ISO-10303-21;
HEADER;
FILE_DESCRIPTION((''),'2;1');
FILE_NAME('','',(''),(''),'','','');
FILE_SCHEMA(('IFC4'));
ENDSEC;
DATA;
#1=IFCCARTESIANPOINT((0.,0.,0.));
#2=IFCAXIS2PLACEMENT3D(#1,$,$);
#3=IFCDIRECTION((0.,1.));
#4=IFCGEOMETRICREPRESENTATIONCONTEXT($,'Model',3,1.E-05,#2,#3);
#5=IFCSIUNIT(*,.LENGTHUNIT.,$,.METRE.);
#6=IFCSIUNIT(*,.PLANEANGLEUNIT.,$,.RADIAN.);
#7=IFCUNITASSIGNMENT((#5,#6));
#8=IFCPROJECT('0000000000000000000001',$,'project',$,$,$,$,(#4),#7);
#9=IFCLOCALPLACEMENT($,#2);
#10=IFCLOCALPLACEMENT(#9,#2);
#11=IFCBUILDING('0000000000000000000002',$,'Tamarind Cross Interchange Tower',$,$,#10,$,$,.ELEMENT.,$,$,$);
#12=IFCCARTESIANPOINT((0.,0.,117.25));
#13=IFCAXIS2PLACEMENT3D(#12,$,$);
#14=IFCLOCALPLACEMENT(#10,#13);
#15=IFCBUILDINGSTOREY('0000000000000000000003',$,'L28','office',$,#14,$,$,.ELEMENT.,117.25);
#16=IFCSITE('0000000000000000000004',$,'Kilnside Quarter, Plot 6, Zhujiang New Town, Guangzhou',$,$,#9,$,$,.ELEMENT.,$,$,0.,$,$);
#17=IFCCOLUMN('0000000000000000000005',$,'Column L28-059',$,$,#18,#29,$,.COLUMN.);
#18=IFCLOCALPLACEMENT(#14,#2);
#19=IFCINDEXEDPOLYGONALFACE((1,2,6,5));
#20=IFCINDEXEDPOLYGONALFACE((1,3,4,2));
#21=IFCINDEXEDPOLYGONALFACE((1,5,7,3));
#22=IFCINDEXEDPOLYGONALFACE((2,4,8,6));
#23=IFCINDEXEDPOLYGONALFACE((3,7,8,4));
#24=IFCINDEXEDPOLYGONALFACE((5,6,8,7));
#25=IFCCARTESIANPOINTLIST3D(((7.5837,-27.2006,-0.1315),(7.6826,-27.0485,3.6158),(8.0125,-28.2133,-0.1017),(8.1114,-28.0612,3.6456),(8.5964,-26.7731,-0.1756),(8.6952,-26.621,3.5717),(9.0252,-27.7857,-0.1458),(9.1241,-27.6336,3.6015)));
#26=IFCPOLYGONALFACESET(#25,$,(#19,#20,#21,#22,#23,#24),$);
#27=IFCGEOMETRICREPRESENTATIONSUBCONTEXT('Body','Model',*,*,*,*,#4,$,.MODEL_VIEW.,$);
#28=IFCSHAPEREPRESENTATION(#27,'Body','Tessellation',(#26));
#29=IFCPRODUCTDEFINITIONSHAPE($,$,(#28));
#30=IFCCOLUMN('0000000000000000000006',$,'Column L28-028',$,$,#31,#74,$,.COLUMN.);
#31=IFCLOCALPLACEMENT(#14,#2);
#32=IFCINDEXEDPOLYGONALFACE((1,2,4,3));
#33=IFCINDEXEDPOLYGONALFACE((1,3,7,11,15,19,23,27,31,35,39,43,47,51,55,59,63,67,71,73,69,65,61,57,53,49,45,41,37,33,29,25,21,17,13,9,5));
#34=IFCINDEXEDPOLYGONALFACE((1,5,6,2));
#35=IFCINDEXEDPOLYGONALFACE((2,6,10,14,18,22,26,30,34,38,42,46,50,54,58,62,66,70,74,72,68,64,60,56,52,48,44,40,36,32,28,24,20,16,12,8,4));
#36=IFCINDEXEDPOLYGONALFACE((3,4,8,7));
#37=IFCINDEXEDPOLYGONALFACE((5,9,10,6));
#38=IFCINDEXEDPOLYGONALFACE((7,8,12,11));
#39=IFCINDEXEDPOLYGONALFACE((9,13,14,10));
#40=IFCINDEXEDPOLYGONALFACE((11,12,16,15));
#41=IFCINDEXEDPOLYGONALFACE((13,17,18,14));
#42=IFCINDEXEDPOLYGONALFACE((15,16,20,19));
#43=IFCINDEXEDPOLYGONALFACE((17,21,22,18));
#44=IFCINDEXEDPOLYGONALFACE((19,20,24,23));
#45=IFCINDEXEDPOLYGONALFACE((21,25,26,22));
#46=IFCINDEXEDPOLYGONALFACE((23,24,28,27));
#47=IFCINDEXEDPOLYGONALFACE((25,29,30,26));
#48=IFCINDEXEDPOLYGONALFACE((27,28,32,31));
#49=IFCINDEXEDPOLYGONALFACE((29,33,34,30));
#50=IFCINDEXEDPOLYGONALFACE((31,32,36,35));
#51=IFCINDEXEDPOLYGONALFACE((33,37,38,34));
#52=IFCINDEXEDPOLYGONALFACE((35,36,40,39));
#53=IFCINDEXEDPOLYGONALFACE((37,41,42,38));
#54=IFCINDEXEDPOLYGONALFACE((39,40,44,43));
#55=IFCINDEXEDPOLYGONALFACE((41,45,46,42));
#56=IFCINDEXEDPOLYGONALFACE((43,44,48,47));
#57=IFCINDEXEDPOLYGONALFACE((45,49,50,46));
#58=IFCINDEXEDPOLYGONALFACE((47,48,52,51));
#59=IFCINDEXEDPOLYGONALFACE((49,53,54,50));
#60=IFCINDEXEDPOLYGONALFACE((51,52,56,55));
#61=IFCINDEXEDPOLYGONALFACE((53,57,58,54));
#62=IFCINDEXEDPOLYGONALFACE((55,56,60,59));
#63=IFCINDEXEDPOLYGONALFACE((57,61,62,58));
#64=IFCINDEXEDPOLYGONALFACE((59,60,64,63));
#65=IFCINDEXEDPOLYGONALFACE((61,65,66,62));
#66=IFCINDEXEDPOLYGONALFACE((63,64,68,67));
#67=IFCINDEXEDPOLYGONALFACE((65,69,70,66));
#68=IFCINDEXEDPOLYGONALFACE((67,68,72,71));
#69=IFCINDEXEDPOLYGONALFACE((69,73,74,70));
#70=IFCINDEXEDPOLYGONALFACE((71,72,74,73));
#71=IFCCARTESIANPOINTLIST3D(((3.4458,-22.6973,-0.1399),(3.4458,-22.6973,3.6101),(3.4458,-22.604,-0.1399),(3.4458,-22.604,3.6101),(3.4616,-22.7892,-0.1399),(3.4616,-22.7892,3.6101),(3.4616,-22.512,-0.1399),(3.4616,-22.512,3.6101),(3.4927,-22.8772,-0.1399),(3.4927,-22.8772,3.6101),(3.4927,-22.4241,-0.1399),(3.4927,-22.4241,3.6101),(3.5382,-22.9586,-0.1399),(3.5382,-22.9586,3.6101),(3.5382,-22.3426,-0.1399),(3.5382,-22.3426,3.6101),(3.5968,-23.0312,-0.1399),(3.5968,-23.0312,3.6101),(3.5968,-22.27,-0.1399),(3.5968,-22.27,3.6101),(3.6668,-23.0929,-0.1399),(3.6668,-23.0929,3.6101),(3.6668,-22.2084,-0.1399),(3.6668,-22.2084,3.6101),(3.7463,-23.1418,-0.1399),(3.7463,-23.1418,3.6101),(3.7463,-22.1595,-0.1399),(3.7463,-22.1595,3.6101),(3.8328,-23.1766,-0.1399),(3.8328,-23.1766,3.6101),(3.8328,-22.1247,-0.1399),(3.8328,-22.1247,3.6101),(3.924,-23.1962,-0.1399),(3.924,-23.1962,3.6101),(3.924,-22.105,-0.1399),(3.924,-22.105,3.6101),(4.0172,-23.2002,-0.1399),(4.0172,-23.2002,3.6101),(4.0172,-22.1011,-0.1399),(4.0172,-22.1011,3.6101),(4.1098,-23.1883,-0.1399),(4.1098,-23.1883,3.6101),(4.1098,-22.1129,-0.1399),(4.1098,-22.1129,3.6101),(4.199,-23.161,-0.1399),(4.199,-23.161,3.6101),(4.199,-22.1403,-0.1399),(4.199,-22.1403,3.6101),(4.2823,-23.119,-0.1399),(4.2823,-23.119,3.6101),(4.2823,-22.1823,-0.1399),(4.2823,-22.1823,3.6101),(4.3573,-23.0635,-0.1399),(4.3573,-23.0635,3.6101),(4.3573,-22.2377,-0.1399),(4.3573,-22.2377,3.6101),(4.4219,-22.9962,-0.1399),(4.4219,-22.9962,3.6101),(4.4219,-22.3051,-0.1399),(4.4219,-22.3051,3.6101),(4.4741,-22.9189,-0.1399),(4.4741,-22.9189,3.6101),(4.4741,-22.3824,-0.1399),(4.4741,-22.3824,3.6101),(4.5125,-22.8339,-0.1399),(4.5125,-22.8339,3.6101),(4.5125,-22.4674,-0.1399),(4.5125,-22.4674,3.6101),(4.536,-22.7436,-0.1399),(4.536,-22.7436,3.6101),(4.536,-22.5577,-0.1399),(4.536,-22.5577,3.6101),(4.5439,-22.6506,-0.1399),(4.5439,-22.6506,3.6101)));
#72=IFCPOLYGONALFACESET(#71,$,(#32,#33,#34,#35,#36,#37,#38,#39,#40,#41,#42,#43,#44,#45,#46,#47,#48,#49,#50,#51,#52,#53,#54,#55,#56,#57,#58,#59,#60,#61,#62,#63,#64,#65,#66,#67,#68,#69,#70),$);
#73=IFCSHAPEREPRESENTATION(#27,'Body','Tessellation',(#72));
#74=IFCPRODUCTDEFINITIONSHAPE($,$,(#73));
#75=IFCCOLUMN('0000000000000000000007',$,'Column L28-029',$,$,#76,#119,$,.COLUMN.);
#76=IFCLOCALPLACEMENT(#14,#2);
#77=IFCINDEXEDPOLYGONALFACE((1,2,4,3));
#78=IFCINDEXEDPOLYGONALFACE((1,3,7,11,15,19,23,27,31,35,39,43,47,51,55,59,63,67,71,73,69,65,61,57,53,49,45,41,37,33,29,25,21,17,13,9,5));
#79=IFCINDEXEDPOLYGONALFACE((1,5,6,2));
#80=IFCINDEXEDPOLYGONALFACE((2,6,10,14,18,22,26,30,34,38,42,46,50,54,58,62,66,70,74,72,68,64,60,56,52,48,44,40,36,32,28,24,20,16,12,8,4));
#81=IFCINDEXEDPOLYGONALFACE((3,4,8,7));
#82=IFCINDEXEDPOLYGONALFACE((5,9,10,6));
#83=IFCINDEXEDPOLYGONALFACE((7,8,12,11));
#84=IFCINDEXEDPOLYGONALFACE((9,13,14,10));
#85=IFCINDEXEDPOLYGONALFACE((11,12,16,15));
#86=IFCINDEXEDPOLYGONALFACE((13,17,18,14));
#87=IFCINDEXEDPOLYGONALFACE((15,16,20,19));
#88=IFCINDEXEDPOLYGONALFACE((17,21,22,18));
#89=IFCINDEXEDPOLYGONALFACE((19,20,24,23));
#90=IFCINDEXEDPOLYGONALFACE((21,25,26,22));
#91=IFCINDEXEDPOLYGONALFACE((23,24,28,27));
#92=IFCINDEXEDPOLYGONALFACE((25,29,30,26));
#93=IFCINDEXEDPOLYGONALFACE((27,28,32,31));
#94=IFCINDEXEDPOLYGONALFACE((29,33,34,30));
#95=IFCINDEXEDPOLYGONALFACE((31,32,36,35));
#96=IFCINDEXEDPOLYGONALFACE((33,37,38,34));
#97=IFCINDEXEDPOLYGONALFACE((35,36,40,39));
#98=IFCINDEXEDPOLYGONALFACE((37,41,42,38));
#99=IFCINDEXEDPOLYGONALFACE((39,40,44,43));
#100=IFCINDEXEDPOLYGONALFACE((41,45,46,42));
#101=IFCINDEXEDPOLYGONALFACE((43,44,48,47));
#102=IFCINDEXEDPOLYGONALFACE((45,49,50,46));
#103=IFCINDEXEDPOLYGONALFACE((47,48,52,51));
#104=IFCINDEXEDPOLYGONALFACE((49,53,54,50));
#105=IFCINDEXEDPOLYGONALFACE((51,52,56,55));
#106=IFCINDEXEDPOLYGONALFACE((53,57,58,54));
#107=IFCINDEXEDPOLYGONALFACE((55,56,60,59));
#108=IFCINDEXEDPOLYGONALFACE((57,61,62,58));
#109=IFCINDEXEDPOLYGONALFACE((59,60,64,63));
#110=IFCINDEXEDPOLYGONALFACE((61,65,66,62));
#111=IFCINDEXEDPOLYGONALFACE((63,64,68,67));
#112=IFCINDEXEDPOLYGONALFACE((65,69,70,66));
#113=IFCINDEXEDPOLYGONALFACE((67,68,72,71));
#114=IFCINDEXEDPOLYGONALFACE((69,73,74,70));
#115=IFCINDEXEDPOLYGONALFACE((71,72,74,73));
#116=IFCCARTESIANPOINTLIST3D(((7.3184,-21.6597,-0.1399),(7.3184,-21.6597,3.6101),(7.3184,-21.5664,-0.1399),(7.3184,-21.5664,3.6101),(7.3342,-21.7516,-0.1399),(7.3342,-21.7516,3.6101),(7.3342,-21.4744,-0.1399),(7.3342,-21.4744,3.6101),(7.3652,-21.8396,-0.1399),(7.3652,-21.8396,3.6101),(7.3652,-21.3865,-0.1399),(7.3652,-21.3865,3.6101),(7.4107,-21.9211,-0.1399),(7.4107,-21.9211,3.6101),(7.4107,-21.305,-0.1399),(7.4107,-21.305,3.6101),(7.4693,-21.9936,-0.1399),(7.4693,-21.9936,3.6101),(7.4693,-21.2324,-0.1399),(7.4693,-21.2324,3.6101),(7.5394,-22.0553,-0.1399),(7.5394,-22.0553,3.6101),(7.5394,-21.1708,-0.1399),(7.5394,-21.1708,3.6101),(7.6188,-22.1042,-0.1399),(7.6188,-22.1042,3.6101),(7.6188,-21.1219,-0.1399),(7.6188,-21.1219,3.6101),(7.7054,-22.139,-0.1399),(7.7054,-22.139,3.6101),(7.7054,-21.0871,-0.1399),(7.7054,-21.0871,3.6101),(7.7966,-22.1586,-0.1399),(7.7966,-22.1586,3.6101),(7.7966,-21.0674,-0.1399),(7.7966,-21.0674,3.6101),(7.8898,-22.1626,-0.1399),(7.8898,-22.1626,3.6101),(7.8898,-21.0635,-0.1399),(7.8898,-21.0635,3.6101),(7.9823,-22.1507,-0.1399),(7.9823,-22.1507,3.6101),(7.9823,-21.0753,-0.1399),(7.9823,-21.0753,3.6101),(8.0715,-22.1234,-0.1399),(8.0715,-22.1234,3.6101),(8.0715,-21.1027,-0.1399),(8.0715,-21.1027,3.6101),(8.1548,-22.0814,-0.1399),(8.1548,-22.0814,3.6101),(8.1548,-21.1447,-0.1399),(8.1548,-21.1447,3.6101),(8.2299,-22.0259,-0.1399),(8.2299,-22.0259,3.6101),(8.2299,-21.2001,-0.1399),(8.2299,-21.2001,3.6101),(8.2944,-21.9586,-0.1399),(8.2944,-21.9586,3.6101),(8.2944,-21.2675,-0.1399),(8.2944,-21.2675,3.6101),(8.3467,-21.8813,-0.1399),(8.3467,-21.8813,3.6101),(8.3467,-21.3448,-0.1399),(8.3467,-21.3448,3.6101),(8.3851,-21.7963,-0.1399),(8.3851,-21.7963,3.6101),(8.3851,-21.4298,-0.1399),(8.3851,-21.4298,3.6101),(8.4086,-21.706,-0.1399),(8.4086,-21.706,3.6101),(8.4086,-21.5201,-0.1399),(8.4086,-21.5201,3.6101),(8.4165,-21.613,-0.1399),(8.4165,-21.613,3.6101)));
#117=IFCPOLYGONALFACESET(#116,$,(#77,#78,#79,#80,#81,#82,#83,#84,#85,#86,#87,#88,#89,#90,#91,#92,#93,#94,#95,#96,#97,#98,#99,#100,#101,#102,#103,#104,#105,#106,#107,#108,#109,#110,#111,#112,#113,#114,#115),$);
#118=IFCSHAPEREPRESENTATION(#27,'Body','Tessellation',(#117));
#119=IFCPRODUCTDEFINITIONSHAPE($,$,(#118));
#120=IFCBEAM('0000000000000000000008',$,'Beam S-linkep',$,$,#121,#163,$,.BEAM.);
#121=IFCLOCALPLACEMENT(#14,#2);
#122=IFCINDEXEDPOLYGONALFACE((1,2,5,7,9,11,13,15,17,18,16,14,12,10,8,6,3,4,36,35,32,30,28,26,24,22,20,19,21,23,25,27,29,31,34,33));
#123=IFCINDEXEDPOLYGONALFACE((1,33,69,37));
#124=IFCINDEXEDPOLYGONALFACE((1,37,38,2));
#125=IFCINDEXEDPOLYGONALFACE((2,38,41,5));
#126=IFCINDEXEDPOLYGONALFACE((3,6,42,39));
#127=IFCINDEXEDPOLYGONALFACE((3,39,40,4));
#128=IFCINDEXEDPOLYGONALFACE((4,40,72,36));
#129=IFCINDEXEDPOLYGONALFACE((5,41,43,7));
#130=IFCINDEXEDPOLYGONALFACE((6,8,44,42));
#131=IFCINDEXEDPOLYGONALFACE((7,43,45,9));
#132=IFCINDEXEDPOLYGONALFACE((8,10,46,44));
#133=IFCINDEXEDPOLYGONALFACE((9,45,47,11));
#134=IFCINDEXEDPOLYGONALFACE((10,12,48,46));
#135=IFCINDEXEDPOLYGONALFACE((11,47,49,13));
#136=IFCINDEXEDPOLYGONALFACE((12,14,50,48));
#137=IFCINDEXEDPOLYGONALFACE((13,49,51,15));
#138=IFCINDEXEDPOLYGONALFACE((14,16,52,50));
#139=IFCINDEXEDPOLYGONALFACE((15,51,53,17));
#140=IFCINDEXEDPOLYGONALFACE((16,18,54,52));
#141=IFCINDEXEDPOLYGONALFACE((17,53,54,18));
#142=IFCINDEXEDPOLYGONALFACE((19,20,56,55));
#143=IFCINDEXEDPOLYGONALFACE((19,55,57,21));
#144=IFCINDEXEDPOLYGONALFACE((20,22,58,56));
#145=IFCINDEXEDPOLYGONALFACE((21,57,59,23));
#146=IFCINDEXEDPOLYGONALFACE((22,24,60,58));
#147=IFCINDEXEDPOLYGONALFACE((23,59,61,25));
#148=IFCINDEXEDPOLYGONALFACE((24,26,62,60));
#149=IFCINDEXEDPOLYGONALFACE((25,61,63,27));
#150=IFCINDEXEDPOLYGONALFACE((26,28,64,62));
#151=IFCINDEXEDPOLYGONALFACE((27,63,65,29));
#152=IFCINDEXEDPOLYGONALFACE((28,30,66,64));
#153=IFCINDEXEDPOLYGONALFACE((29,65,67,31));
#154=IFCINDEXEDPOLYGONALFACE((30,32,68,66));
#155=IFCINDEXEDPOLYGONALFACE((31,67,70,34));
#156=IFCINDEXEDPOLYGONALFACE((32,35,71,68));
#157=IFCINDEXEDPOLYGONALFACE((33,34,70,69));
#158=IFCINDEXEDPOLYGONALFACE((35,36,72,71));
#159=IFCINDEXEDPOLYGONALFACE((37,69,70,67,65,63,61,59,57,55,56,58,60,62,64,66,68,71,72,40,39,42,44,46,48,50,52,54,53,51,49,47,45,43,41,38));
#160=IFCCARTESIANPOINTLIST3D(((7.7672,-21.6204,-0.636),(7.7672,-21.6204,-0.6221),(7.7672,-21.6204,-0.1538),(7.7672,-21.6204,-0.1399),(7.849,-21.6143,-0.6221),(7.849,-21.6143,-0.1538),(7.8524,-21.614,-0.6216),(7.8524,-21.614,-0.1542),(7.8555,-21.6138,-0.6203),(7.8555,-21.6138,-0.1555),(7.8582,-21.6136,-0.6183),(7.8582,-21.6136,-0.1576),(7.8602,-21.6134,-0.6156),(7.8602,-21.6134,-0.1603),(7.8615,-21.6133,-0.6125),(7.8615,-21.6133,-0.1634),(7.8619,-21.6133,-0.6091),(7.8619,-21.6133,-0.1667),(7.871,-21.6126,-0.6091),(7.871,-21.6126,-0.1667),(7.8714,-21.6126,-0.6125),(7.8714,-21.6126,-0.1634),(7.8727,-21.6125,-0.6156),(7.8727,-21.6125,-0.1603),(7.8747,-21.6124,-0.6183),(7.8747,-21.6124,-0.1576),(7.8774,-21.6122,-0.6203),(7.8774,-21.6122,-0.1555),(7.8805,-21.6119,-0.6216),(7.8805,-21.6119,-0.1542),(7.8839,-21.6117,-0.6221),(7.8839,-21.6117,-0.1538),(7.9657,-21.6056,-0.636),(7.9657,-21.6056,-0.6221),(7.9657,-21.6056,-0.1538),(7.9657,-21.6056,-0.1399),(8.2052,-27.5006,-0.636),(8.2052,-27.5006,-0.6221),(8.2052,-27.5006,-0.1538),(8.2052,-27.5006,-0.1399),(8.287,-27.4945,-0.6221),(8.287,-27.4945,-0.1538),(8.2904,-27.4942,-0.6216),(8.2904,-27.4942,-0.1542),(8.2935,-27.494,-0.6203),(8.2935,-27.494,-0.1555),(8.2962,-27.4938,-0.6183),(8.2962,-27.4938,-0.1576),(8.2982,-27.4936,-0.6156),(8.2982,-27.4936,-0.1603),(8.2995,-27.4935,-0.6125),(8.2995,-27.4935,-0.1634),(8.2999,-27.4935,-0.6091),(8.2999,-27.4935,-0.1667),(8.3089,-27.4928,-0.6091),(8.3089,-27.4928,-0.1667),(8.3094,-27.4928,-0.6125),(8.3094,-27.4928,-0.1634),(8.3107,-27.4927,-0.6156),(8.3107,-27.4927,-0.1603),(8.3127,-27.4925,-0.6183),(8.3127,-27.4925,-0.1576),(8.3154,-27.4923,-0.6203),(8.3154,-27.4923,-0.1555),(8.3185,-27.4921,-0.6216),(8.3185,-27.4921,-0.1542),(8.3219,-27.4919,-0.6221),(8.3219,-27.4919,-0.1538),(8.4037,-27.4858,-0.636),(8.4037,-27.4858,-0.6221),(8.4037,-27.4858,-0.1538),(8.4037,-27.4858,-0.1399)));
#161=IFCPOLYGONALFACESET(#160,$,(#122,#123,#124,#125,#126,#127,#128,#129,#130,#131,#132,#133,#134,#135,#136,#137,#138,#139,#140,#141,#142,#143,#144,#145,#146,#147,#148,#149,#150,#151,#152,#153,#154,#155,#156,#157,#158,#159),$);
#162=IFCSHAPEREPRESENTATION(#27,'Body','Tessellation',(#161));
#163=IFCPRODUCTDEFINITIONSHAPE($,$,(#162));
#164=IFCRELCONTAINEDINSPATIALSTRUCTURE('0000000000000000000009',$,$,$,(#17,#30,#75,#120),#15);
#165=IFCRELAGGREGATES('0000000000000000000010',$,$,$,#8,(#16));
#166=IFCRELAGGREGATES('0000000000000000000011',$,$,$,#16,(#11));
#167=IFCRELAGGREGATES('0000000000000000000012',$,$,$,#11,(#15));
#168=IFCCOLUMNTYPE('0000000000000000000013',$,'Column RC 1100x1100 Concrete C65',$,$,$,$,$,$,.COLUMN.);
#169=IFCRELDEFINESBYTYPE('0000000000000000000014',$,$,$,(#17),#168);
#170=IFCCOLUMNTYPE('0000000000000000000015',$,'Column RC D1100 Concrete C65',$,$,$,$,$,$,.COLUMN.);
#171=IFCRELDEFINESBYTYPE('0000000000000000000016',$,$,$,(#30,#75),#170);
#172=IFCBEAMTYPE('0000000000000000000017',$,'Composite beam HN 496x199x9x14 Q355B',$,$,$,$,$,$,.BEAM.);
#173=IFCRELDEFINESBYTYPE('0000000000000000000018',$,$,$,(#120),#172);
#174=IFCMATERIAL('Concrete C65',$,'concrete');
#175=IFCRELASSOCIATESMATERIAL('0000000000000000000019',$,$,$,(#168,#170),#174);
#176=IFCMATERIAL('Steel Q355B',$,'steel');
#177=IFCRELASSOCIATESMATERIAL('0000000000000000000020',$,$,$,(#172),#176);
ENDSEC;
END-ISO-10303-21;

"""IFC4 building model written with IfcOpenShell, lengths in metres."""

from ifc_helpers import new_model, si_unit, direction, frame, origin, origin_2d, place, context, subcontext, project, spatial, rectangle, circle, i_section, extrude, material, material_profile, profile_set, type_object, element, save


model = new_model("IFC4")

# Units and contexts
model_context = context("Model", 3, precision=1e-05, world=origin(), true_north=direction((0.0, 1.0)))
body_context = subcontext(model_context, "Body", "Model", "MODEL_VIEW")
ifc_project = project(units=[si_unit("LENGTHUNIT", "METRE"), si_unit("PLANEANGLEUNIT", "RADIAN")], contexts=[model_context])

# Site, building, storey
site_placement = place(None, origin())
site = spatial("IfcSite", under=ifc_project, at=site_placement, Name="Kilnside Quarter, Plot 6, Zhujiang New Town, Guangzhou", CompositionType="ELEMENT", RefElevation=0.0)
building_placement = place(site_placement, origin())
building = spatial("IfcBuilding", under=site, at=building_placement, Name="Tamarind Cross Interchange Tower", CompositionType="ELEMENT")
storey_placement = place(building_placement, frame((0.0, 0.0, 117.25)))
storey = spatial("IfcBuildingStorey", under=building, at=storey_placement, Name="L28", Description="office", CompositionType="ELEMENT", Elevation=117.25)

# Columns
ifc_material_1 = material(Name="Concrete C65", Category="concrete")
ifc_material_profile_1 = material_profile(ifc_material_1, rectangle(XDim=1.1001, YDim=1.1001, at=origin_2d()), Name="RC 1100x1100")
ifc_profile_set_1 = profile_set([ifc_material_profile_1], Name="Concrete C65")
column_type_1 = type_object("IfcColumnType", Name="Column RC 1100x1100 Concrete C65", PredefinedType="COLUMN", material=ifc_profile_set_1)
column_placement = place(storey_placement, frame((8.3044, -27.4932, -0.1387), z_axis=(0.026355, 0.040541, 0.99883), x_axis=(-0.920521, -0.388633, 0.040063)))
element("IfcColumn", 1, at=column_placement, inside=storey, type_object=column_type_1, Name="Column L28-059", PredefinedType="COLUMN", context=body_context, shape_type="SweptSolid", body=[
    extrude(rectangle(XDim=1.1001, YDim=1.1001, at=origin_2d()), origin(), (0.0, 0.0, 1.0), 3.7517),
])
ifc_material_profile_2 = material_profile(ifc_material_1, circle(Radius=0.55, at=origin_2d()), Name="RC D1100")
ifc_profile_set_2 = profile_set([ifc_material_profile_2], Name="Concrete C65")
column_type_2 = type_object("IfcColumnType", Name="Column RC D1100 Concrete C65", PredefinedType="COLUMN", material=ifc_profile_set_2)
for number, where, z_axis, x_axis, name in (
    (2, (3.9939, -22.6506, -0.1399), (0.0, 0.0, 1.0), (1.0, 0.0, 0.0), "Column L28-028"),
    (3, (7.8665, -21.613, -0.1399), (0.0, 0.0, 1.0), (1.0, 0.0, 0.0), "Column L28-029"),
):
    element("IfcColumn", number, at=place(storey_placement, frame(where, z_axis=z_axis, x_axis=x_axis)), inside=storey, type_object=column_type_2, Name=name, PredefinedType="COLUMN", context=body_context, shape_type="SweptSolid", body=[
        extrude(circle(Radius=0.55, at=origin_2d()), origin(), (0.0, 0.0, 1.0), 3.75),
    ])

# Beam
ifc_material_2 = material(Name="Steel Q355B", Category="steel")
ifc_material_profile_3 = material_profile(ifc_material_2, i_section(OverallWidth=0.199, OverallDepth=0.4961, WebThickness=0.009, FlangeThickness=0.0139, FilletRadius=0.0129, at=origin_2d()), Name="HN 496x199x9x14")
ifc_profile_set_3 = profile_set([ifc_material_profile_3], Name="Steel Q355B")
beam_type_1 = type_object("IfcBeamType", Name="Composite beam HN 496x199x9x14 Q355B", PredefinedType="BEAM", material=ifc_profile_set_3)
beam_1_placement = place(storey_placement, frame((8.3044, -27.4932, -0.3879), z_axis=(-0.07428, 0.997237, 0.0), x_axis=(-0.997237, -0.07428, 0.0)))
element("IfcBeam", 4, at=beam_1_placement, inside=storey, type_object=beam_type_1, Name="Beam S-linkep", PredefinedType="BEAM", context=body_context, shape_type="SweptSolid", body=[
    extrude(i_section(OverallWidth=0.199, OverallDepth=0.4961, WebThickness=0.009, FlangeThickness=0.0139, FilletRadius=0.0129, at=origin_2d()), origin(), (0.0, 0.0, 1.0), 5.8965),
])

save(model, "model.ifc")
